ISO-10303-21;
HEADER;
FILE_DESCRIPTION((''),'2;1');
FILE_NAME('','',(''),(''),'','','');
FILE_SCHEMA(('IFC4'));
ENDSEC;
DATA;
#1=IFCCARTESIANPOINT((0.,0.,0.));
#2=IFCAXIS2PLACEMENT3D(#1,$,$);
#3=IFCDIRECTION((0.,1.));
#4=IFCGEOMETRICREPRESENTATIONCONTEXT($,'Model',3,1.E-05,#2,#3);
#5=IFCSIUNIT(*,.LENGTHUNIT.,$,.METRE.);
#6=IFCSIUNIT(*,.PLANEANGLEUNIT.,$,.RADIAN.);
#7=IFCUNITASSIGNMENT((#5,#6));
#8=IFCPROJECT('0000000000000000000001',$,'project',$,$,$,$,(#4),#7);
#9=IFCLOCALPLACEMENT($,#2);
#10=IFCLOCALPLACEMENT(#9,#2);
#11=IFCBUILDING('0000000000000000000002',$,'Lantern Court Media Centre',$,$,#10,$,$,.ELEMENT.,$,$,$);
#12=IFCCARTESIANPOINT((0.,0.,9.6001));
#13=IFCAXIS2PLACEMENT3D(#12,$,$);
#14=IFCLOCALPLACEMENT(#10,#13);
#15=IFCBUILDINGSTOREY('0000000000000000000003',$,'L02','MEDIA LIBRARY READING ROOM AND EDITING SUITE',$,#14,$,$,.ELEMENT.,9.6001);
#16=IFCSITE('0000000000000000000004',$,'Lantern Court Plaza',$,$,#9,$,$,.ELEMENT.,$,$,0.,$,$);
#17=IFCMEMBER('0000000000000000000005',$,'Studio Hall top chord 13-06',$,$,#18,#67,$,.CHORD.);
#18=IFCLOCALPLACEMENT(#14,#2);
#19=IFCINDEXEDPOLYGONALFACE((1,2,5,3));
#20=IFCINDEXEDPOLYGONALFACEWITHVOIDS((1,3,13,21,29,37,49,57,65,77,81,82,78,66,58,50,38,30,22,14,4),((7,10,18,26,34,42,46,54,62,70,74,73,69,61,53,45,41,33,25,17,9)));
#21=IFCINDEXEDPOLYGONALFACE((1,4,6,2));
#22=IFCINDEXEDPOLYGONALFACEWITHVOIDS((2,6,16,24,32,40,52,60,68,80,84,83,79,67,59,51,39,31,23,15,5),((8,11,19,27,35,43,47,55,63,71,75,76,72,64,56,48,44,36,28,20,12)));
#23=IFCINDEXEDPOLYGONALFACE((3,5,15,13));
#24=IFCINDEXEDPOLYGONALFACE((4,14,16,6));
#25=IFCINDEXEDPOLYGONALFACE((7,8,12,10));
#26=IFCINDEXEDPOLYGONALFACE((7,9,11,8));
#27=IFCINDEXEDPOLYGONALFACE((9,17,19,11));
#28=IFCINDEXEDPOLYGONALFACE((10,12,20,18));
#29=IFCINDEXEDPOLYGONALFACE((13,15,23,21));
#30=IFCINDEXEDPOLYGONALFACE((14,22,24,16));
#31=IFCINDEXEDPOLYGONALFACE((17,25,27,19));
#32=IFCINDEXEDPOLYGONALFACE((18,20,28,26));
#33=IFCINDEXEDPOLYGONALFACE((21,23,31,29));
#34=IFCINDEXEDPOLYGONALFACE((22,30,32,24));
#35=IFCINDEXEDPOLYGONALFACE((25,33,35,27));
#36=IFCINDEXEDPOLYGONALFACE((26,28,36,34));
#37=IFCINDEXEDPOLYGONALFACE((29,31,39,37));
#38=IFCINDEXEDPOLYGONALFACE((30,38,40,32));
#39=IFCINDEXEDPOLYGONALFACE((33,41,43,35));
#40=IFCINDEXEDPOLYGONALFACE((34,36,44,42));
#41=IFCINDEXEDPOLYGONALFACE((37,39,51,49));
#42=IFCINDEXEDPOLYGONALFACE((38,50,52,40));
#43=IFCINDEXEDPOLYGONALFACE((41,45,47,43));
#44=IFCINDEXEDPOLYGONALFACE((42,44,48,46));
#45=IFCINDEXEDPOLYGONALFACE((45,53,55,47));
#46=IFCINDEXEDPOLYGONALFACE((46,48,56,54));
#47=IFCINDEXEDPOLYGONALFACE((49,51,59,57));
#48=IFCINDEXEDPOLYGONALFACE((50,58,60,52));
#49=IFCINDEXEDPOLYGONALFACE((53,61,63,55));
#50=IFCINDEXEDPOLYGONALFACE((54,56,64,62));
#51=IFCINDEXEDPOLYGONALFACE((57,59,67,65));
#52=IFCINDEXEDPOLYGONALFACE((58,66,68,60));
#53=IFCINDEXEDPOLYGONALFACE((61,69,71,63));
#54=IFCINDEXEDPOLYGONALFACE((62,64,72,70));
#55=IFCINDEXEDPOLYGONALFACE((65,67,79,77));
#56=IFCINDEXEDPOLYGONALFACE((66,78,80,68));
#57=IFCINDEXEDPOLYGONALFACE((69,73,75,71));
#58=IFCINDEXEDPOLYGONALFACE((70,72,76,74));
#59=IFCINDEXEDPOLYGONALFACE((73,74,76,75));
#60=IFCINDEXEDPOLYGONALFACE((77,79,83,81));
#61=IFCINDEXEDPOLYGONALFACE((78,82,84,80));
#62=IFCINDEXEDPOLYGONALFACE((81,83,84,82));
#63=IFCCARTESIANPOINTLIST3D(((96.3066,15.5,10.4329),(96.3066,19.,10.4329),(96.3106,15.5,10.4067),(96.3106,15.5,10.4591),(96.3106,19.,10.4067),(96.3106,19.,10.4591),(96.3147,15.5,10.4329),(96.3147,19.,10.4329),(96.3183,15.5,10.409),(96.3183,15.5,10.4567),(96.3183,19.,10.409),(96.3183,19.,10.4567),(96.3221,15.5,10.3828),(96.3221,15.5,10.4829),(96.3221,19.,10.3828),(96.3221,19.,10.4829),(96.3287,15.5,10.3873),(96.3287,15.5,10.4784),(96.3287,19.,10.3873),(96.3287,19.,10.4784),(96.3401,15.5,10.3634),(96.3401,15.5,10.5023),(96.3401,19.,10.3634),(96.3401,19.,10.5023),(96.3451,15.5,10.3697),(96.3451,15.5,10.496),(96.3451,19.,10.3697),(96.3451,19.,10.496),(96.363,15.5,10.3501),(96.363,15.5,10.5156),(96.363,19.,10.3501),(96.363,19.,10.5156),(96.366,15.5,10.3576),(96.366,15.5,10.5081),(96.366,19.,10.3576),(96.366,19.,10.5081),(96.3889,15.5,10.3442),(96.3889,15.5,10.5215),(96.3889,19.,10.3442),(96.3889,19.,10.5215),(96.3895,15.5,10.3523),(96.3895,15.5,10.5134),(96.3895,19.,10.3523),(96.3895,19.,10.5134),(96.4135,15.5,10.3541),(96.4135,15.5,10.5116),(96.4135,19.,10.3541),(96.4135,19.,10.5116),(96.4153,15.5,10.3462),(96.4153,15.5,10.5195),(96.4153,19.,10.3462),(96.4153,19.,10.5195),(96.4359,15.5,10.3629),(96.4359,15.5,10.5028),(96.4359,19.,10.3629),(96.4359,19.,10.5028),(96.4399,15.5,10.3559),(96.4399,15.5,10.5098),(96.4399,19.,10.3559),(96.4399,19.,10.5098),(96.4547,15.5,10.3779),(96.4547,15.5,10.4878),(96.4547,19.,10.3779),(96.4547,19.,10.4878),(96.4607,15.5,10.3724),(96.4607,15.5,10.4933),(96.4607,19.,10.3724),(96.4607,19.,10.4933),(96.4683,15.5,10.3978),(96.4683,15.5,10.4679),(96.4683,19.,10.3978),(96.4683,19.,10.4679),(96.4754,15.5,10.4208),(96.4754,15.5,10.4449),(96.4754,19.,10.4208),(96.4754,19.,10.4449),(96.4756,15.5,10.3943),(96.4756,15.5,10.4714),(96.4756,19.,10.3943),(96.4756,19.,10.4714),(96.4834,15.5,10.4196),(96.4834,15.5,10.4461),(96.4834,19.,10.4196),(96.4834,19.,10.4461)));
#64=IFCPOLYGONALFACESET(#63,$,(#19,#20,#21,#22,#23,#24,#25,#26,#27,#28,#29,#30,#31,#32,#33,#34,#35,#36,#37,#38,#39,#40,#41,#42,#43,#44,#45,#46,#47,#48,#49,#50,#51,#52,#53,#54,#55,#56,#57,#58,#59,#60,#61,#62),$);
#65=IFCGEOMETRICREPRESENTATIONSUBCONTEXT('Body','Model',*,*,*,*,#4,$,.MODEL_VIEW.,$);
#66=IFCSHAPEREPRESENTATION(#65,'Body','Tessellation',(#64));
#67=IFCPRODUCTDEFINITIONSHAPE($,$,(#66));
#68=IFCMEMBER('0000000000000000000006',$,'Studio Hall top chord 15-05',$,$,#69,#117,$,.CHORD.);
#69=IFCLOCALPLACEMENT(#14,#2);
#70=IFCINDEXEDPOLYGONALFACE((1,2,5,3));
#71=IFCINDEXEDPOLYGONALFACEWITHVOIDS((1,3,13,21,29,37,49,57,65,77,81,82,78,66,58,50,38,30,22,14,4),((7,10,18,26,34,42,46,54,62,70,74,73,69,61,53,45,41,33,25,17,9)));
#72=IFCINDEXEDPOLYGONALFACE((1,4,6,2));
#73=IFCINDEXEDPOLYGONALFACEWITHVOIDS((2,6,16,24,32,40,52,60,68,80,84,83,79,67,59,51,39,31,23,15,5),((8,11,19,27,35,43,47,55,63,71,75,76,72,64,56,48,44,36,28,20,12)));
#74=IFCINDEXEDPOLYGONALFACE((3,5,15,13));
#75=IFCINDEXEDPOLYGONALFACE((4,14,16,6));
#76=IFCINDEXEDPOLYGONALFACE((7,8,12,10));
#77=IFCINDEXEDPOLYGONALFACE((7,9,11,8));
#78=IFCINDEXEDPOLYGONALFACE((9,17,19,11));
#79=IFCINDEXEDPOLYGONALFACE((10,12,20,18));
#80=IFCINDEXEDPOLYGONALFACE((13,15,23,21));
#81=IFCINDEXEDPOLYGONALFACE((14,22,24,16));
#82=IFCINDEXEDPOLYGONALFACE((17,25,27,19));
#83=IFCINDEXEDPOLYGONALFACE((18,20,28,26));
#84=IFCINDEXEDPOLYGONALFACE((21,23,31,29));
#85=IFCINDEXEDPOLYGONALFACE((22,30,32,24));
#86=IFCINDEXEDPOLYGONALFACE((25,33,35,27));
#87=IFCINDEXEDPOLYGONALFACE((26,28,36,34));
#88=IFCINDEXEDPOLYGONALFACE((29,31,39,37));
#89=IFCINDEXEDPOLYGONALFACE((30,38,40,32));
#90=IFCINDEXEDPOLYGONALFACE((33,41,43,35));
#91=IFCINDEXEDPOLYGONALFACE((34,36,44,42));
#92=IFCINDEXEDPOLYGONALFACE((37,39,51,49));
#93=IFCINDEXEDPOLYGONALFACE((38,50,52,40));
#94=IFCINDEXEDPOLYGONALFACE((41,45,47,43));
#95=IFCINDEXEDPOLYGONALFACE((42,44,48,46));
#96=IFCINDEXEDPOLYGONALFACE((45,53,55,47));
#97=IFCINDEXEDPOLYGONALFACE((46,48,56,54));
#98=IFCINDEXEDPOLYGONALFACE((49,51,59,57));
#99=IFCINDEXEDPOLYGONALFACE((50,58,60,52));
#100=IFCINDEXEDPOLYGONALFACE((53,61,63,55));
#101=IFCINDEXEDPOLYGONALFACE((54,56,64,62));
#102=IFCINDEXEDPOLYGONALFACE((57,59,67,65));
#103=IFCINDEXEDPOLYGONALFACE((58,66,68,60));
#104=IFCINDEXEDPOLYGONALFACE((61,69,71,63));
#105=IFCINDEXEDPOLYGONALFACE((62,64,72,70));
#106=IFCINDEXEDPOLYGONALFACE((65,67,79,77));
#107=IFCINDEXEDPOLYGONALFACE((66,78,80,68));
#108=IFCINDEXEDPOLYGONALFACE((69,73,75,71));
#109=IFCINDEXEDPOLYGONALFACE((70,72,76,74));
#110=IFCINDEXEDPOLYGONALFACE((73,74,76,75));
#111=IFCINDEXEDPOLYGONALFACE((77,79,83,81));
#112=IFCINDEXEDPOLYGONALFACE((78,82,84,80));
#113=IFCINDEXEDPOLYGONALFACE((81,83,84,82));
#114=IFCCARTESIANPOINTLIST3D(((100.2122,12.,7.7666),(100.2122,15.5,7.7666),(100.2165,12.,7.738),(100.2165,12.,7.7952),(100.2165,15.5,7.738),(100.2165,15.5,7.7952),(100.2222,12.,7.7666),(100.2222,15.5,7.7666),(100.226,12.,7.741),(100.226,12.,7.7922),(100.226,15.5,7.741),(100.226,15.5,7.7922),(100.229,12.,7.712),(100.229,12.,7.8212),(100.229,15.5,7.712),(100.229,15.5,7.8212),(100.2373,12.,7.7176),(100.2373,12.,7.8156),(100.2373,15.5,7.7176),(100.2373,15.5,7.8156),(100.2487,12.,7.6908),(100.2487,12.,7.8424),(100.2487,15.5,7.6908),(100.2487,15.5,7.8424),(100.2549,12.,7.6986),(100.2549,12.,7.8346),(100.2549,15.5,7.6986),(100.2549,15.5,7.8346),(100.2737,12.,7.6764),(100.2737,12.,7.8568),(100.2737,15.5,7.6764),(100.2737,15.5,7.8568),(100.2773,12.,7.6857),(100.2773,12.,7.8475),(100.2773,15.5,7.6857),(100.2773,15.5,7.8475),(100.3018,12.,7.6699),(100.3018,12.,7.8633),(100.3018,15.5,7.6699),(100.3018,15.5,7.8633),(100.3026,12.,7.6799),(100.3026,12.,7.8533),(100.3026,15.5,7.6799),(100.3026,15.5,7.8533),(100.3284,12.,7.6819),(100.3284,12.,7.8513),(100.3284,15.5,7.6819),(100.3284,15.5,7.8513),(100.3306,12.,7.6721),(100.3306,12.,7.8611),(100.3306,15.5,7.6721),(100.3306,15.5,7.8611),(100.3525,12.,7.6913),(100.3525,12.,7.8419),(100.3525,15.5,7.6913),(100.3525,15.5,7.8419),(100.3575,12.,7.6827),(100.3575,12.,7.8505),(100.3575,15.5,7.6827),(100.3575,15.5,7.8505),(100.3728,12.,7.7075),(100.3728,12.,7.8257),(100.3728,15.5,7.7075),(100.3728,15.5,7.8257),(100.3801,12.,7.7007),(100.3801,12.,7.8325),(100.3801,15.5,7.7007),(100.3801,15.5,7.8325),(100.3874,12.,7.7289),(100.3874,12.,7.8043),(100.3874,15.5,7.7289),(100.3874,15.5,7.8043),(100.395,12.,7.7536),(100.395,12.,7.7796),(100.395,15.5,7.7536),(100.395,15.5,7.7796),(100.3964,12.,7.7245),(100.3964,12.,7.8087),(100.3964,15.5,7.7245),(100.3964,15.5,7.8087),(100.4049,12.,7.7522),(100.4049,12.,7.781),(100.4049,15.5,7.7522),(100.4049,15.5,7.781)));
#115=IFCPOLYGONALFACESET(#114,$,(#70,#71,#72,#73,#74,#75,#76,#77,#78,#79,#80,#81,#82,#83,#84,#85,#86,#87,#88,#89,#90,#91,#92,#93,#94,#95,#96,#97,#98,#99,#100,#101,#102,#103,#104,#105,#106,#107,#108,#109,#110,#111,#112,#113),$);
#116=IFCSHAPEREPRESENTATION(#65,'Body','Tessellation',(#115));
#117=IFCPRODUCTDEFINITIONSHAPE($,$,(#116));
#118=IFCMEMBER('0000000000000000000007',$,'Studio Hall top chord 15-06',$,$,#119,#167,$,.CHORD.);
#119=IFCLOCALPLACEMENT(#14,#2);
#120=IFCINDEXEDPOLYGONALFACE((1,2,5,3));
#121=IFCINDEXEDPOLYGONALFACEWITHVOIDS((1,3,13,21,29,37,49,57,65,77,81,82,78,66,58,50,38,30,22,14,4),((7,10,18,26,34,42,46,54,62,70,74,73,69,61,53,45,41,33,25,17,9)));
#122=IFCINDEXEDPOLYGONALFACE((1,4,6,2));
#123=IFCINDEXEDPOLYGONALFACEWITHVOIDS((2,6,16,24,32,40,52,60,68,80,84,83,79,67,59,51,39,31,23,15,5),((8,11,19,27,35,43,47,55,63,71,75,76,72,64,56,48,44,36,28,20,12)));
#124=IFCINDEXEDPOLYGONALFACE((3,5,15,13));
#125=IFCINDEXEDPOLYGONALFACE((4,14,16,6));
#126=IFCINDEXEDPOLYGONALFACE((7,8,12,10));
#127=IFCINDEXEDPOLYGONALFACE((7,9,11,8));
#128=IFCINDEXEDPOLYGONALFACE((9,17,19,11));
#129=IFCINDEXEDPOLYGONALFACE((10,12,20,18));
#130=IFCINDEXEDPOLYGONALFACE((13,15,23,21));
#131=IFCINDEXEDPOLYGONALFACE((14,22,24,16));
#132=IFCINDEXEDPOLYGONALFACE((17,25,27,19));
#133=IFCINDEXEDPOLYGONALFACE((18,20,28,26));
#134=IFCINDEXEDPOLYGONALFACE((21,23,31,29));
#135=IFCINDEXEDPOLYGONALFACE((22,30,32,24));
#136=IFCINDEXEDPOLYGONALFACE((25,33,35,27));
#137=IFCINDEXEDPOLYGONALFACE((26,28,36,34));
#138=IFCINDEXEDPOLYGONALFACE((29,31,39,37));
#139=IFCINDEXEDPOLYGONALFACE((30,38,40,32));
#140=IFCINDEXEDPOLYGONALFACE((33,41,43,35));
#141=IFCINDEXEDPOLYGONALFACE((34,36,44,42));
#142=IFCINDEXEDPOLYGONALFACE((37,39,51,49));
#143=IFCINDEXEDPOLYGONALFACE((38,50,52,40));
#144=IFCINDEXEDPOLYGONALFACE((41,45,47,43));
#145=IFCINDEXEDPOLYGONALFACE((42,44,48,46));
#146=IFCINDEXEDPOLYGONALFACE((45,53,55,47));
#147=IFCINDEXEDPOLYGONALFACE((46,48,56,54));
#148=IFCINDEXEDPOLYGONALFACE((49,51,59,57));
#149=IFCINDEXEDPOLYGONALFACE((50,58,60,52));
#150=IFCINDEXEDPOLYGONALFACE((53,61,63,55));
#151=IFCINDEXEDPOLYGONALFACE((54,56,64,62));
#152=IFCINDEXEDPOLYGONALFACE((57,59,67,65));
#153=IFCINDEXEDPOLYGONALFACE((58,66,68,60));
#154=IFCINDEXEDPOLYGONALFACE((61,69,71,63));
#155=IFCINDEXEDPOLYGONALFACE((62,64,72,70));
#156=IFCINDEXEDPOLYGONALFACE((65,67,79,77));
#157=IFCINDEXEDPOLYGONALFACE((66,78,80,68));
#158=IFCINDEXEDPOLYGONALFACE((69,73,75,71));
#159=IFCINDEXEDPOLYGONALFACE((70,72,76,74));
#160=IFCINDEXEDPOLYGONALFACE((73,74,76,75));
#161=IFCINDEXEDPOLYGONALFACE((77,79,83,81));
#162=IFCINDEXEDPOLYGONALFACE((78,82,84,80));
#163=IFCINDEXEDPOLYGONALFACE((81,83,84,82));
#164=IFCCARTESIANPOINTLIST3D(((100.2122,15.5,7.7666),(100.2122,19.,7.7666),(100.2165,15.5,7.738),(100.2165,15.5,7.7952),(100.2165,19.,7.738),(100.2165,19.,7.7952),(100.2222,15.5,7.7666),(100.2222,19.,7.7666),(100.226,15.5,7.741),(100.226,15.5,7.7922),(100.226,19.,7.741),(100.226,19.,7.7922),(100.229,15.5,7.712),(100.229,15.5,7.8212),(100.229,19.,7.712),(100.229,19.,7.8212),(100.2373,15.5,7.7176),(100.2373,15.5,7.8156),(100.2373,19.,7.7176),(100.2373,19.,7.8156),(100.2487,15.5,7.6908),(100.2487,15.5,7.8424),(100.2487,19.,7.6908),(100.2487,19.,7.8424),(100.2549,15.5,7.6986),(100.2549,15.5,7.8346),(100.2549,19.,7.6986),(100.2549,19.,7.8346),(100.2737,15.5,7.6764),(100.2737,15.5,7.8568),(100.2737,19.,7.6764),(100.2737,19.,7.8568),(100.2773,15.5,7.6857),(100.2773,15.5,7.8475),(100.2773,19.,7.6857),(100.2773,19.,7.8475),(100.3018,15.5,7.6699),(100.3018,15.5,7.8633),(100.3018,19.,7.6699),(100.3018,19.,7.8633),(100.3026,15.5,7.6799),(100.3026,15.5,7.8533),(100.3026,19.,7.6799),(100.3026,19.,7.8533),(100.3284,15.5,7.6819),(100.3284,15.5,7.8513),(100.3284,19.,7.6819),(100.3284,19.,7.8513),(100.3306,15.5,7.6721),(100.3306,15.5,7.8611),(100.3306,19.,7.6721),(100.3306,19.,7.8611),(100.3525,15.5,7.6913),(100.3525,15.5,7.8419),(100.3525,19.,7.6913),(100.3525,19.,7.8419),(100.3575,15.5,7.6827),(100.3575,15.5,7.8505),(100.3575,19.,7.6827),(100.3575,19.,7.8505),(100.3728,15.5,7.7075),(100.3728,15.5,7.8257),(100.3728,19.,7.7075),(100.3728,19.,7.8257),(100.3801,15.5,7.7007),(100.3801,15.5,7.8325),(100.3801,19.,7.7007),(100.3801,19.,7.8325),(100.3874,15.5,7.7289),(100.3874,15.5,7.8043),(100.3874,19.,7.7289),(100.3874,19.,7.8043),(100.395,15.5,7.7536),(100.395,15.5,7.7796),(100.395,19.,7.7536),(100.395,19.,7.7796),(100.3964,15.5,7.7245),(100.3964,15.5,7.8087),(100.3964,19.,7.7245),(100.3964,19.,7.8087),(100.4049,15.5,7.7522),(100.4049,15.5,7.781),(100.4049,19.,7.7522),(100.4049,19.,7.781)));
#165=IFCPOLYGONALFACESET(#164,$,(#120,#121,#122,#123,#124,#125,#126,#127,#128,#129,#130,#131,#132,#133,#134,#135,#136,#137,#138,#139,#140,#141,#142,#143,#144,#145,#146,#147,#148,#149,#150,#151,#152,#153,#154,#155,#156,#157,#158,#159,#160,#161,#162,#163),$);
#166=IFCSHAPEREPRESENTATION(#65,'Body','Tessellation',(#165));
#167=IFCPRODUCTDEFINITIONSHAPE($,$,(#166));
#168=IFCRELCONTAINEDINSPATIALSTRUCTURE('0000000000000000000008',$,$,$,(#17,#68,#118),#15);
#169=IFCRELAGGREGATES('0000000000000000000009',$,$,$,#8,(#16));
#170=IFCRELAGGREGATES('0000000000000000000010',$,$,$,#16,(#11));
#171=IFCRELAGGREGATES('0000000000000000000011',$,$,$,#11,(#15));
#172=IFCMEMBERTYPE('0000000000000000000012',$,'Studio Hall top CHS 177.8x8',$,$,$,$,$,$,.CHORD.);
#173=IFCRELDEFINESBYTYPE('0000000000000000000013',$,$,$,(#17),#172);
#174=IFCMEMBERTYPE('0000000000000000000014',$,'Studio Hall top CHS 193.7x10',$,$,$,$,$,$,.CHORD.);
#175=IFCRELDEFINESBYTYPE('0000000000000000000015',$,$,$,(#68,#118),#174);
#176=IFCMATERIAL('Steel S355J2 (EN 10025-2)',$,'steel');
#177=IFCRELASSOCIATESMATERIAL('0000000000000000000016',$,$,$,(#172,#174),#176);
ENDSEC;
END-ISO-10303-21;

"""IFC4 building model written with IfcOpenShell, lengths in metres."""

from ifc_helpers import new_model, si_unit, direction, frame, origin, origin_2d, place, context, subcontext, project, spatial, hollow_circle, extrude, material, material_profile, profile_set, type_object, element, save


model = new_model("IFC4")

# Units and contexts
model_context = context("Model", 3, precision=1e-05, world=origin(), true_north=direction((0.0, 1.0)))
body_context = subcontext(model_context, "Body", "Model", "MODEL_VIEW")
ifc_project = project(units=[si_unit("LENGTHUNIT", "METRE"), si_unit("PLANEANGLEUNIT", "RADIAN")], contexts=[model_context])

# Site, building, storey
site_placement = place(None, origin())
site = spatial("IfcSite", under=ifc_project, at=site_placement, Name="Lantern Court Plaza", CompositionType="ELEMENT", RefElevation=0.0)
building_placement = place(site_placement, origin())
building = spatial("IfcBuilding", under=site, at=building_placement, Name="Lantern Court Media Centre", CompositionType="ELEMENT")
storey_placement = place(building_placement, frame((0.0, 0.0, 9.6001)))
storey = spatial("IfcBuildingStorey", under=building, at=storey_placement, Name="L02", Description="MEDIA LIBRARY READING ROOM AND EDITING SUITE", CompositionType="ELEMENT", Elevation=9.6001)

# Members
ifc_material = material(Name="Steel S355J2 (EN 10025-2)", Category="steel")
ifc_material_profile_1 = material_profile(ifc_material, hollow_circle(Radius=0.0889, WallThickness=0.0081, at=origin_2d()), Name="Studio Hall top CHS 177.8x8")
ifc_profile_set_1 = profile_set([ifc_material_profile_1], Name="Steel S355J2 (EN 10025-2)")
member_type_1 = type_object("IfcMemberType", Name="Studio Hall top CHS 177.8x8", PredefinedType="CHORD", material=ifc_profile_set_1)
member_1_placement = place(storey_placement, frame((96.3955, 15.5, 10.4329), z_axis=(0.0, 1.0, 0.0), x_axis=(-1.0, 0.0, 0.0)))
element("IfcMember", 1, at=member_1_placement, inside=storey, type_object=member_type_1, Name="Studio Hall top chord 13-06", PredefinedType="CHORD", context=body_context, shape_type="SweptSolid", body=[
    extrude(hollow_circle(Radius=0.0889, WallThickness=0.0081, at=origin_2d()), origin(), (0.0, 0.0, 1.0), 3.5),
])
ifc_material_profile_2 = material_profile(ifc_material, hollow_circle(Radius=0.0969, WallThickness=0.01, at=origin_2d()), Name="Studio Hall top CHS 193.7x10")
ifc_profile_set_2 = profile_set([ifc_material_profile_2], Name="Steel S355J2 (EN 10025-2)")
member_type_2 = type_object("IfcMemberType", Name="Studio Hall top CHS 193.7x10", PredefinedType="CHORD", material=ifc_profile_set_2)
for number, where, z_axis, x_axis, name in (
    (2, (100.3091, 12.0, 7.7666), (0.0, 1.0, 0.0), (-1.0, 0.0, 0.0), "Studio Hall top chord 15-05"),
    (3, (100.3091, 15.5, 7.7666), (0.0, 1.0, 0.0), (-1.0, 0.0, 0.0), "Studio Hall top chord 15-06"),
):
    element("IfcMember", number, at=place(storey_placement, frame(where, z_axis=z_axis, x_axis=x_axis)), inside=storey, type_object=member_type_2, Name=name, PredefinedType="CHORD", context=body_context, shape_type="SweptSolid", body=[
        extrude(hollow_circle(Radius=0.0969, WallThickness=0.01, at=origin_2d()), origin(), (0.0, 0.0, 1.0), 3.5),
    ])

save(model, "model.ifc")
